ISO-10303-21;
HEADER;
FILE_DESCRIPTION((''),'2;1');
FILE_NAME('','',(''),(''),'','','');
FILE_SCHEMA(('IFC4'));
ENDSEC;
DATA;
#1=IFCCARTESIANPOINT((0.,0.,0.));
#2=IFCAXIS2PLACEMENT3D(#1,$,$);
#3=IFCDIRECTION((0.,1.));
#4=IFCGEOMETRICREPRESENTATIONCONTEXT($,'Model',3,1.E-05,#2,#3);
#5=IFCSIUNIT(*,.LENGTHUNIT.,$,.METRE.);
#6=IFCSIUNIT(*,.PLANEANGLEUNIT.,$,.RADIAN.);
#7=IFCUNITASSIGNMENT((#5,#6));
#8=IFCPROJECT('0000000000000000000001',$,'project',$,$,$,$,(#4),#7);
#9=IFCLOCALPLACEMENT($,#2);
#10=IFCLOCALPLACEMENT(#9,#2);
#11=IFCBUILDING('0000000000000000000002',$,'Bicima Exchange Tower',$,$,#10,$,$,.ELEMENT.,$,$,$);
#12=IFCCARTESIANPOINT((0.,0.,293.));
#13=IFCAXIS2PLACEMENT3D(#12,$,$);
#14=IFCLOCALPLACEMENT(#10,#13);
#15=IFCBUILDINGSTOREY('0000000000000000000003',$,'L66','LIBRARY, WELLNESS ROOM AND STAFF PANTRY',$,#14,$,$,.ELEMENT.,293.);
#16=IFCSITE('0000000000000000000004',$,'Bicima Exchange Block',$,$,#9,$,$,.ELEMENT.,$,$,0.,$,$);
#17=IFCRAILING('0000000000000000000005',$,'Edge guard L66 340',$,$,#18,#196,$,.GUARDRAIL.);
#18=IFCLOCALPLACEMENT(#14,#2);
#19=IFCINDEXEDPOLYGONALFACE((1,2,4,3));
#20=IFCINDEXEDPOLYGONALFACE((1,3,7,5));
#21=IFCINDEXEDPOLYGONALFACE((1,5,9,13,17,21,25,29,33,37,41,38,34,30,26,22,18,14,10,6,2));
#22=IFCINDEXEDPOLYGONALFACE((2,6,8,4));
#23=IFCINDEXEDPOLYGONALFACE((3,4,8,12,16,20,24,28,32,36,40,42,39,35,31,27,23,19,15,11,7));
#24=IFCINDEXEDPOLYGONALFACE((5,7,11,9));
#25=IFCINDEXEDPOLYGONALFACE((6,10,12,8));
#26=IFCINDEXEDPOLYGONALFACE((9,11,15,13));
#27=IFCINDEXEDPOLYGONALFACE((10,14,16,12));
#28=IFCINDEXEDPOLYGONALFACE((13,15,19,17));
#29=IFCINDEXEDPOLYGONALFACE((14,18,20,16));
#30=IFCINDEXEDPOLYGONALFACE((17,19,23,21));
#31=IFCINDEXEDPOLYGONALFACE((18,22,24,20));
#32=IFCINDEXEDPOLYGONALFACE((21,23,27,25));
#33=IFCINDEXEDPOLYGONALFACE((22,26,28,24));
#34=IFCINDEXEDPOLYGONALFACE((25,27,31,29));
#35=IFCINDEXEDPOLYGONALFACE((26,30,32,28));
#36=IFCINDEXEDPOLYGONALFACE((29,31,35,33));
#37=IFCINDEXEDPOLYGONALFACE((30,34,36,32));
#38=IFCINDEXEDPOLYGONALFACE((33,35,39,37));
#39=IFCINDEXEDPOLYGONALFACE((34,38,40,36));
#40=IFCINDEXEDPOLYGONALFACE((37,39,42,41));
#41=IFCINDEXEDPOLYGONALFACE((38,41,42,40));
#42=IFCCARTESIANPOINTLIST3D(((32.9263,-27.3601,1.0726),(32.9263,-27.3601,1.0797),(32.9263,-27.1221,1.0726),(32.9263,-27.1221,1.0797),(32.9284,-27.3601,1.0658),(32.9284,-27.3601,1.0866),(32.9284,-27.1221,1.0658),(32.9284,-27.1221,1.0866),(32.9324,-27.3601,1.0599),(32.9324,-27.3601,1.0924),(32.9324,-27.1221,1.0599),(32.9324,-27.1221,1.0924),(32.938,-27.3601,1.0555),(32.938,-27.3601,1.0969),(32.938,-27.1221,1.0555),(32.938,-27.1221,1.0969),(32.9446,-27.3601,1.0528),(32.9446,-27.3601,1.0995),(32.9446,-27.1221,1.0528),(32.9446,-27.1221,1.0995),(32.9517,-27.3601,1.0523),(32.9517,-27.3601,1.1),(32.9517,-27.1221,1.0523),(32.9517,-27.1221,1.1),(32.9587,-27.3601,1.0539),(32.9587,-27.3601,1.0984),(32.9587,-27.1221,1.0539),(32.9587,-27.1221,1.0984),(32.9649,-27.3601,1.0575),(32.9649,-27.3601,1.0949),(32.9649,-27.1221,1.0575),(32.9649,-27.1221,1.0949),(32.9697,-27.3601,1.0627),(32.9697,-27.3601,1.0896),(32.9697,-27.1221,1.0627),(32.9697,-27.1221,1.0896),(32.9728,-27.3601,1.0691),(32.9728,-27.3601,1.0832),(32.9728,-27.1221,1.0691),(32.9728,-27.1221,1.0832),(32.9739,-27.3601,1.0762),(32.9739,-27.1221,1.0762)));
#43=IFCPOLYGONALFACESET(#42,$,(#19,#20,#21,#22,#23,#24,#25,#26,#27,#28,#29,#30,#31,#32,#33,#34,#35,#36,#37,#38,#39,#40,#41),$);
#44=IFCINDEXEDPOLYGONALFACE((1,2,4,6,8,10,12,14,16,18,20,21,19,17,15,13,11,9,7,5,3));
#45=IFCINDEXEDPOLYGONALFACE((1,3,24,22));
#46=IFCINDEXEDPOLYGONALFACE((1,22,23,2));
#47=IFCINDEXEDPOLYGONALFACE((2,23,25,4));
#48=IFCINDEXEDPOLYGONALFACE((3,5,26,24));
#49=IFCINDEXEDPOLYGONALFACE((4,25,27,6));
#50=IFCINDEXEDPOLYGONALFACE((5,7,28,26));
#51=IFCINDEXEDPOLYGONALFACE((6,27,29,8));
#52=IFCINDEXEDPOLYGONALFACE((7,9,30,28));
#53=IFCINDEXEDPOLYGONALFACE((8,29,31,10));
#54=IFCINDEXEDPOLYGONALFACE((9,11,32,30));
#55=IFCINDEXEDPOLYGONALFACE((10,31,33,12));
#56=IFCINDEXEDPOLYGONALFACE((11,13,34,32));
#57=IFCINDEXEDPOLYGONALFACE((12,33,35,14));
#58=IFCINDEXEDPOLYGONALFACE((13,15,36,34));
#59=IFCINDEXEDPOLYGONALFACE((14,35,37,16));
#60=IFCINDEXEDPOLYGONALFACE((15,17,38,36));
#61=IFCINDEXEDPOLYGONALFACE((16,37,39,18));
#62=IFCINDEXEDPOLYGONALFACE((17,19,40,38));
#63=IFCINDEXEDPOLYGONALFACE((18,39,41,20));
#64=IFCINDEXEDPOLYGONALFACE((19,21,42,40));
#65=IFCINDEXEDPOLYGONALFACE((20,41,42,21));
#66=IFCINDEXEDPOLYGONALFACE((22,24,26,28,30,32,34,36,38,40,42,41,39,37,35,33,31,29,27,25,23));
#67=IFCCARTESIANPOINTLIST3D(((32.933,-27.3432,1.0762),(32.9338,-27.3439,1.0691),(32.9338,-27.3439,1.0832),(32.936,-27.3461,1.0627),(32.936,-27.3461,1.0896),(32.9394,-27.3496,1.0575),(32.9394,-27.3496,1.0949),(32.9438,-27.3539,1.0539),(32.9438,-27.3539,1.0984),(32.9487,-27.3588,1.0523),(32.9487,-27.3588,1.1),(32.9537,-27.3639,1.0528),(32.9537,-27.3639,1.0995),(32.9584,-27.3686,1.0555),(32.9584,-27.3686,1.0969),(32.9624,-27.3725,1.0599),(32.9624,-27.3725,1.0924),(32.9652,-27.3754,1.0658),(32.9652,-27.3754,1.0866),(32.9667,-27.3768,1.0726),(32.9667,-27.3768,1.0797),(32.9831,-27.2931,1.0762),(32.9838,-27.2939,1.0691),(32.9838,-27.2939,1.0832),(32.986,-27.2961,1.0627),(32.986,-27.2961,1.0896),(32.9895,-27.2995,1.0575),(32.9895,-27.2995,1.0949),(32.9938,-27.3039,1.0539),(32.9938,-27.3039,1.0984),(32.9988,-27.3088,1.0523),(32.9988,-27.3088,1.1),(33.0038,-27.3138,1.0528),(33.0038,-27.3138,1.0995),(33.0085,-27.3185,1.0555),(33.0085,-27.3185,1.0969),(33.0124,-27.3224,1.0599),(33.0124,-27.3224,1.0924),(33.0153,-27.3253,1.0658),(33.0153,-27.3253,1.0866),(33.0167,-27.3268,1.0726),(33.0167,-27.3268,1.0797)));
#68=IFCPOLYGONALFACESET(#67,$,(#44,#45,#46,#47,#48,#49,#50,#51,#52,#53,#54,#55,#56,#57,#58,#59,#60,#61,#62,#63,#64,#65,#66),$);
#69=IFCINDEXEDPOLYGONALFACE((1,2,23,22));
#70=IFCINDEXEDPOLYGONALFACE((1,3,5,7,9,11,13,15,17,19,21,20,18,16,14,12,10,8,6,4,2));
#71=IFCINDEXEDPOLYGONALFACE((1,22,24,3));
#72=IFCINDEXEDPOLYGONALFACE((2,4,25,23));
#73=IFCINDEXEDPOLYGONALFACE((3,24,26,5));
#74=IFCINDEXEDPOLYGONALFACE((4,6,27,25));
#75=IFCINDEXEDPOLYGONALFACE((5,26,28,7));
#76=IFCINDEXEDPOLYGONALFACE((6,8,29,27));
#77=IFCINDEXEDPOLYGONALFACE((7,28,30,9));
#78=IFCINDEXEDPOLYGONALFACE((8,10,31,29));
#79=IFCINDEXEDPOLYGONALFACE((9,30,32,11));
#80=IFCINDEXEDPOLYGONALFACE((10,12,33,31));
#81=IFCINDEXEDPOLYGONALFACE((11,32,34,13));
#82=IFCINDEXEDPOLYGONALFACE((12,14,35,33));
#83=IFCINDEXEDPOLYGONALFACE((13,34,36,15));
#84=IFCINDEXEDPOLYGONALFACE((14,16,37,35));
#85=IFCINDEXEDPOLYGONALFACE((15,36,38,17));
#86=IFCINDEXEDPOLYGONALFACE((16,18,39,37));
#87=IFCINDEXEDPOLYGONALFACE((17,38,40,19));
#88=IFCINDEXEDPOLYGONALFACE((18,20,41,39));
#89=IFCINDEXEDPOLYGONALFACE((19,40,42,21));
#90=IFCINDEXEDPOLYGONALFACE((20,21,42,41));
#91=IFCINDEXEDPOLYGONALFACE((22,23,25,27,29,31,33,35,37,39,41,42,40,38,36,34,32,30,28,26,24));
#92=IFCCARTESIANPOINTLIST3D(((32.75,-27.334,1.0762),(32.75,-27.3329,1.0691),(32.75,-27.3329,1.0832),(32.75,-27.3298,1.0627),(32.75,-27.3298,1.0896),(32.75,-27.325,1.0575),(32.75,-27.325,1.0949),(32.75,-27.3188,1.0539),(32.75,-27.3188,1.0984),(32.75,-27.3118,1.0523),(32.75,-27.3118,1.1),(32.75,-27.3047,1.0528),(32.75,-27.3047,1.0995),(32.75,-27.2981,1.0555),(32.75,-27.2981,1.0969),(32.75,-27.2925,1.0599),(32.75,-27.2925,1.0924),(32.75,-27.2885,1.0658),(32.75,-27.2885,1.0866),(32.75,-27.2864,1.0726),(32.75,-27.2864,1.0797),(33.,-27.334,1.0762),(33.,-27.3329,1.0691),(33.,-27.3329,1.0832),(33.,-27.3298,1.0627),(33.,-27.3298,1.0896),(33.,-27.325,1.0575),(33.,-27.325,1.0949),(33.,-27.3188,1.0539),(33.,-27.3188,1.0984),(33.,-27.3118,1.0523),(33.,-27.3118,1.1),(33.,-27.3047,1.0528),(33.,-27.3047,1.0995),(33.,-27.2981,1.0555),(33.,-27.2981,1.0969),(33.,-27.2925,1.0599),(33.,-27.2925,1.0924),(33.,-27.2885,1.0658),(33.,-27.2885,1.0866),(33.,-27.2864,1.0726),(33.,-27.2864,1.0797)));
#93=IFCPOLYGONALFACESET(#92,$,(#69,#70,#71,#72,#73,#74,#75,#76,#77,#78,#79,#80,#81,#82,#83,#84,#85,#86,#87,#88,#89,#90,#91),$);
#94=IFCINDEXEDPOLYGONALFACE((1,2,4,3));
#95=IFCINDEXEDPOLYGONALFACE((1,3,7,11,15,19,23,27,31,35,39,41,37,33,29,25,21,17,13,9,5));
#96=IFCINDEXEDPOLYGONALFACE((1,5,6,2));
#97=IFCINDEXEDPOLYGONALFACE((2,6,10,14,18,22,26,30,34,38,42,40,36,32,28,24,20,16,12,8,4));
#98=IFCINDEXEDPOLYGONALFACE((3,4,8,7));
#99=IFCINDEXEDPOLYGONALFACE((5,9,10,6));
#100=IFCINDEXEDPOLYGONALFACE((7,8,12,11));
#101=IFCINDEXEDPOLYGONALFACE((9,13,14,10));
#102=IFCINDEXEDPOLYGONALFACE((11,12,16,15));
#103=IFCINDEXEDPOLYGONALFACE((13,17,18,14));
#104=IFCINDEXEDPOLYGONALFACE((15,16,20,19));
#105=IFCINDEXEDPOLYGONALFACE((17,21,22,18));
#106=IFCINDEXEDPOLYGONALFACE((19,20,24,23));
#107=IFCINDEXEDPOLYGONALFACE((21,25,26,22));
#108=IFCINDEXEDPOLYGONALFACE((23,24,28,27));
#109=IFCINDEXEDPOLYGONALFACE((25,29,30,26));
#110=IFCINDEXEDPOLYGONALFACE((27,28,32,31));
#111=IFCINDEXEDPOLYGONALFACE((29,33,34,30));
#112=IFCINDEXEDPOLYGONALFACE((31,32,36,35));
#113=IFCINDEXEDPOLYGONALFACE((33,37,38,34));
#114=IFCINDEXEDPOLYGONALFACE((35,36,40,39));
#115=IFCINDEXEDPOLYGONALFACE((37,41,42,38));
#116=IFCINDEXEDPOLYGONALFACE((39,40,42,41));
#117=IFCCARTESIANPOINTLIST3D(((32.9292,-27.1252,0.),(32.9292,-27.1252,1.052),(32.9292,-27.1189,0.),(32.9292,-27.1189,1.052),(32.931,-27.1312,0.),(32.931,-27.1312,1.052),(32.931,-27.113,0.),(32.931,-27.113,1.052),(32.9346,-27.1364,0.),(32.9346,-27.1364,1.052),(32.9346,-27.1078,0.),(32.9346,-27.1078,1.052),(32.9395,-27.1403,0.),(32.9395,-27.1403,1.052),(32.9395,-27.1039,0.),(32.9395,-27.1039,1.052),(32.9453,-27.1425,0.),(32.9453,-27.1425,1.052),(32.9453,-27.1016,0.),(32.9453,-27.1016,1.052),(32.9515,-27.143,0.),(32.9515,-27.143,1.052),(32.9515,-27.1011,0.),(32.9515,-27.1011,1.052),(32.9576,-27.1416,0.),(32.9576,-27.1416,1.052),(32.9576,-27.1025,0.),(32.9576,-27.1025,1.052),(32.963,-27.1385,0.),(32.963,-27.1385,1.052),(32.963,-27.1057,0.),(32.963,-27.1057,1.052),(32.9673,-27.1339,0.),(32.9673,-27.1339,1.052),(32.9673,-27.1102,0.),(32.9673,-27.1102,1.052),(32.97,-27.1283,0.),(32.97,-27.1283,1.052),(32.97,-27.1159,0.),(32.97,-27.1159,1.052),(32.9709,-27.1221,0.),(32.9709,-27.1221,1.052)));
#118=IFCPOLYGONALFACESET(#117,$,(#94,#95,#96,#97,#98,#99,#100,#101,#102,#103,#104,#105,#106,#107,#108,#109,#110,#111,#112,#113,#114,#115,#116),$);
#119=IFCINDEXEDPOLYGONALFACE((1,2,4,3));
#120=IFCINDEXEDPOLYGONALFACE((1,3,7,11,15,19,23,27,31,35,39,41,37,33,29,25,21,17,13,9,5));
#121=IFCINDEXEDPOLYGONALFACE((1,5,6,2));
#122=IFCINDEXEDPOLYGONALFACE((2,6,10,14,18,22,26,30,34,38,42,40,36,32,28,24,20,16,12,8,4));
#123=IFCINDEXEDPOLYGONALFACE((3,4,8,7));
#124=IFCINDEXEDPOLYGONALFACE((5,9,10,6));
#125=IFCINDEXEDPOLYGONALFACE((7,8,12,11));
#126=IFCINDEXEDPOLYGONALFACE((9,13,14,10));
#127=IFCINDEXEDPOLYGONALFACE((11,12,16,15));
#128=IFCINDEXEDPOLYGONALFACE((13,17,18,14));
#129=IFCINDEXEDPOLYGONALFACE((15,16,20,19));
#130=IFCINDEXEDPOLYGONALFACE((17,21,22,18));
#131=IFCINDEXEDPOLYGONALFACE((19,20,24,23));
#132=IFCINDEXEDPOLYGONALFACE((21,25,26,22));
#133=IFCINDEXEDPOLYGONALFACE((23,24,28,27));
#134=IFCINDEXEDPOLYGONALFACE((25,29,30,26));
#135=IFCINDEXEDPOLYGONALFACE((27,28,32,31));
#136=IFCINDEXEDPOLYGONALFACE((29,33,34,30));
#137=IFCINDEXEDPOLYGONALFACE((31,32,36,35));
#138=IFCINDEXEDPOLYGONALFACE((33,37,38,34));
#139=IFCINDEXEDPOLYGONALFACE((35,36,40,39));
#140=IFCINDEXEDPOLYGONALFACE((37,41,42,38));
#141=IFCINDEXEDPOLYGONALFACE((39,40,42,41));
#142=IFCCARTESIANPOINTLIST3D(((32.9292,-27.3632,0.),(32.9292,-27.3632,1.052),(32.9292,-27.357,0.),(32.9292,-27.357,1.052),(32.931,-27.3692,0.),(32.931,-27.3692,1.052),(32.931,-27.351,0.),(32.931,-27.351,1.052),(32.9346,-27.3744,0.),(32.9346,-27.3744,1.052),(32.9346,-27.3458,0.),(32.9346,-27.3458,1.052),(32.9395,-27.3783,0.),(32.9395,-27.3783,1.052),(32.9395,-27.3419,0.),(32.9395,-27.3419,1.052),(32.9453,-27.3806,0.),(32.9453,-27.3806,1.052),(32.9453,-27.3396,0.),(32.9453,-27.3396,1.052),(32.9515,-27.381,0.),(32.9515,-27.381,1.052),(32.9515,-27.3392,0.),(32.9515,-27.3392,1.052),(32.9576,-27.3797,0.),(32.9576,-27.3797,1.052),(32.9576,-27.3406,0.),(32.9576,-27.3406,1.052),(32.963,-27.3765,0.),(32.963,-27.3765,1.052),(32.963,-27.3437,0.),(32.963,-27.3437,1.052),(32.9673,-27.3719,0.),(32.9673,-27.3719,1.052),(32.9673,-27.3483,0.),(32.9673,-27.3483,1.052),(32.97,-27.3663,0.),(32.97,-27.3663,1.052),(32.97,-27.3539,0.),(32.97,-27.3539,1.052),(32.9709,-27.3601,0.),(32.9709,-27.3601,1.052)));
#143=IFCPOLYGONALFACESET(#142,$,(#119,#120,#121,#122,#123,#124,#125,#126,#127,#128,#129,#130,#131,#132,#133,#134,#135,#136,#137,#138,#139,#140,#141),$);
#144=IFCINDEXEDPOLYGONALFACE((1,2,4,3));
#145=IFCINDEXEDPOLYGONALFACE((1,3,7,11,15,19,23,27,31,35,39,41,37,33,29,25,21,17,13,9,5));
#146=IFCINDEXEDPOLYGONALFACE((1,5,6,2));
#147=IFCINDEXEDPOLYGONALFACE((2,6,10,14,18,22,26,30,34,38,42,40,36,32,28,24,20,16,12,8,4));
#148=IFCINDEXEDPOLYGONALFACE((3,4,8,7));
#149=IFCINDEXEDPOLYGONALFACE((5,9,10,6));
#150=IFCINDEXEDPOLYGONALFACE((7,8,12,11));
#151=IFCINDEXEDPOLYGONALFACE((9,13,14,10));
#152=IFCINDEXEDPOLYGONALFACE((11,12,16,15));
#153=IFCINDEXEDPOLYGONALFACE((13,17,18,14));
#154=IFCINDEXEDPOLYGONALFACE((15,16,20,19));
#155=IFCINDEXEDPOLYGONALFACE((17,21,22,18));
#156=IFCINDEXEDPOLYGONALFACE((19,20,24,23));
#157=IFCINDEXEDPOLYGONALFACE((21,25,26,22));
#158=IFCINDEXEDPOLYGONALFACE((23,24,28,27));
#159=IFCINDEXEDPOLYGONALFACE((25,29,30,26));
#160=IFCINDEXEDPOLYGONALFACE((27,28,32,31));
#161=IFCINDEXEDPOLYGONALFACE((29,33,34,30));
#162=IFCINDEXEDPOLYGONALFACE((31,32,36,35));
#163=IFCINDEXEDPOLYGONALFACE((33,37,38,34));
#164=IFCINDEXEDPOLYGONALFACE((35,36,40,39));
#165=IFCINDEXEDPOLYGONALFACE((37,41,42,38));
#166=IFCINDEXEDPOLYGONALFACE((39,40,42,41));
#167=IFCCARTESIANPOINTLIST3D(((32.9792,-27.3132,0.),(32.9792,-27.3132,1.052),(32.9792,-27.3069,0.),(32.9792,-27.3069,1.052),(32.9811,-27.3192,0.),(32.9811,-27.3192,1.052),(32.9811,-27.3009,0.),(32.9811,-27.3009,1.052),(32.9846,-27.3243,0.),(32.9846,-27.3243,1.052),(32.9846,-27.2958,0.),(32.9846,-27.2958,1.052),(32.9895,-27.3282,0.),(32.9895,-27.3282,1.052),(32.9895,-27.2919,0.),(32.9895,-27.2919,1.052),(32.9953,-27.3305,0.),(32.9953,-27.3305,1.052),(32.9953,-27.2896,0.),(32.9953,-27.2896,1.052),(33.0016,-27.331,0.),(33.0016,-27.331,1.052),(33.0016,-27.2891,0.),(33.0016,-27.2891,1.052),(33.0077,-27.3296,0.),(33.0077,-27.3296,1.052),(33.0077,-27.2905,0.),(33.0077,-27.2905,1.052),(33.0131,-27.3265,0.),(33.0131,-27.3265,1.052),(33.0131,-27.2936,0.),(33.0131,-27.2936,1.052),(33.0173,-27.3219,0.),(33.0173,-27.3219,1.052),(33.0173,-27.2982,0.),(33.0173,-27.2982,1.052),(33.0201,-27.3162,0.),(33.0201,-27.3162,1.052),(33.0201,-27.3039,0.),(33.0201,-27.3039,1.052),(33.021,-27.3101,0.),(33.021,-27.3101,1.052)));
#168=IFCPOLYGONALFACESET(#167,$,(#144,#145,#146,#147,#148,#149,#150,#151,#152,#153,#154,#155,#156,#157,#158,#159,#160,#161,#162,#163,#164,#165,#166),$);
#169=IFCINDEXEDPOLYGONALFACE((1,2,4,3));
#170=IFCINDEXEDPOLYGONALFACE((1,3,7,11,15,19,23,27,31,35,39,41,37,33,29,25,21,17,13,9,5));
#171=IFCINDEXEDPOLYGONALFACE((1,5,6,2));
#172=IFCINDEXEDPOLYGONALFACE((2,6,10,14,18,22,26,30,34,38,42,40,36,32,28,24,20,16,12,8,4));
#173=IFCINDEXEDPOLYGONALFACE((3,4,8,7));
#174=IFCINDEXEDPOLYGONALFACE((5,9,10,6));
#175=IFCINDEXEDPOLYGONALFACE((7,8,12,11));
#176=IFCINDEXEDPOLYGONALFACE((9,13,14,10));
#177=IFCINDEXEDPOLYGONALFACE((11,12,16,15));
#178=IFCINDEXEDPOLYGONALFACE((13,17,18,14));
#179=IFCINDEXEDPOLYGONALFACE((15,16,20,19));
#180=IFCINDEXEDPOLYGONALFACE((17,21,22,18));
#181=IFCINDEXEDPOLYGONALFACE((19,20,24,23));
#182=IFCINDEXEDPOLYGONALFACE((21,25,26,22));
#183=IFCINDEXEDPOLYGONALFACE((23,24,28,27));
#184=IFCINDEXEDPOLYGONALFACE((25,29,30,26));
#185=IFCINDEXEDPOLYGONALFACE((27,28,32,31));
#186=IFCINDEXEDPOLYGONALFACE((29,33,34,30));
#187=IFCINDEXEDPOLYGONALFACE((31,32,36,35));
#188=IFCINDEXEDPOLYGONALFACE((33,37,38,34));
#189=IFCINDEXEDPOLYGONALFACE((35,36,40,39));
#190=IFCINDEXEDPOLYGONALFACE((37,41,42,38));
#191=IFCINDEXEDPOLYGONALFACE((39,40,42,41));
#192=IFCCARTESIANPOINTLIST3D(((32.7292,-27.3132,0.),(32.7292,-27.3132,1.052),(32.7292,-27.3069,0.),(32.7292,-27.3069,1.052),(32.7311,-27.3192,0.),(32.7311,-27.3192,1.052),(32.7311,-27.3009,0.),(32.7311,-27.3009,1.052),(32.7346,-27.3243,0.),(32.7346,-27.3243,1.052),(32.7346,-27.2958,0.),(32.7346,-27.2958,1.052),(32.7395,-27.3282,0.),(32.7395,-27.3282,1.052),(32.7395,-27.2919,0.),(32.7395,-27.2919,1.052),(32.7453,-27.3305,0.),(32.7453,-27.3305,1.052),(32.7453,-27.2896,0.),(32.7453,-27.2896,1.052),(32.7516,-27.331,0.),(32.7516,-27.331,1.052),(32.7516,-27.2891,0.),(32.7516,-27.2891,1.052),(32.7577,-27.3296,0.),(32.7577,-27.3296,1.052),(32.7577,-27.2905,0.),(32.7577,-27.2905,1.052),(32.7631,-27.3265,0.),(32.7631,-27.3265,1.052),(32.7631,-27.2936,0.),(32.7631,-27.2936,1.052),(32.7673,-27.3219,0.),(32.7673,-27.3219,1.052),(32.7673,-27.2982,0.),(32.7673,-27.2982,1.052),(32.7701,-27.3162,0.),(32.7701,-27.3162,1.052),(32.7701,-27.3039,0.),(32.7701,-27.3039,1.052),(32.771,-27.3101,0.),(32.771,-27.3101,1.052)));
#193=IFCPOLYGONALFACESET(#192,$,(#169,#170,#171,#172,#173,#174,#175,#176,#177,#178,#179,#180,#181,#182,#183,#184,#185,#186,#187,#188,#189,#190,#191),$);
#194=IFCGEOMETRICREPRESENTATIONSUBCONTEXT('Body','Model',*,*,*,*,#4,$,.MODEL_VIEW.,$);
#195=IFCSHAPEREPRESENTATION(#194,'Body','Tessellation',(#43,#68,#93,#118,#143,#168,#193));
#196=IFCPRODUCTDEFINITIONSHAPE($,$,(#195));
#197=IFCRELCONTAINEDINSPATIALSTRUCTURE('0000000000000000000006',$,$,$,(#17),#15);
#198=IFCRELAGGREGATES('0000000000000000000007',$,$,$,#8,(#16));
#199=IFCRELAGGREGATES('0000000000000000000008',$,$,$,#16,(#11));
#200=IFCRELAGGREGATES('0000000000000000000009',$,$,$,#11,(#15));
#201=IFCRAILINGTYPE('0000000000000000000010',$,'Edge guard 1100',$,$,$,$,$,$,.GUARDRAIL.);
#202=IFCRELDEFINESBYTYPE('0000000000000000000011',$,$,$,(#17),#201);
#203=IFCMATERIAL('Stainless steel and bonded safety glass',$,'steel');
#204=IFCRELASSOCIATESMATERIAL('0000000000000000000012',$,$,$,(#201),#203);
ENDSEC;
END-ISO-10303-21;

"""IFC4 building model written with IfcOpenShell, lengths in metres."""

from ifc_helpers import new_model, si_unit, direction, frame, origin, origin_2d, place, context, subcontext, project, spatial, circle, extrude, material, type_object, element, save


model = new_model("IFC4")

# Units and contexts
model_context = context("Model", 3, precision=1e-05, world=origin(), true_north=direction((0.0, 1.0)))
body_context = subcontext(model_context, "Body", "Model", "MODEL_VIEW")
ifc_project = project(units=[si_unit("LENGTHUNIT", "METRE"), si_unit("PLANEANGLEUNIT", "RADIAN")], contexts=[model_context])

# Site, building, storey
site_placement = place(None, origin())
site = spatial("IfcSite", under=ifc_project, at=site_placement, Name="Bicima Exchange Block", CompositionType="ELEMENT", RefElevation=0.0)
building_placement = place(site_placement, origin())
building = spatial("IfcBuilding", under=site, at=building_placement, Name="Bicima Exchange Tower", CompositionType="ELEMENT")
storey_placement = place(building_placement, frame((0.0, 0.0, 293.0)))
storey = spatial("IfcBuildingStorey", under=building, at=storey_placement, Name="L66", Description="LIBRARY, WELLNESS ROOM AND STAFF PANTRY", CompositionType="ELEMENT", Elevation=293.0)

# Railing
ifc_material_1 = material(Name="Stainless steel and bonded safety glass", Category="steel")
railing_type = type_object("IfcRailingType", Name="Edge guard 1100", PredefinedType="GUARDRAIL", material=ifc_material_1)
railing_1_placement = place(storey_placement, frame((32.95, -27.1221, 0.0)))
element("IfcRailing", 1, at=railing_1_placement, inside=storey, type_object=railing_type, Name="Edge guard L66 340", PredefinedType="GUARDRAIL", context=body_context, shape_type="SweptSolid", body=[
    extrude(circle(Radius=0.0239, at=origin_2d()), frame((0.0, 0.0, 1.0762), z_axis=(0.0, -1.0, 0.0), x_axis=(1.0, 0.0, 0.0)), (0.0, 0.0, 1.0), 0.238),
    extrude(circle(Radius=0.0239, at=origin_2d()), frame((0.0, -0.238, 1.0762), z_axis=(0.707107, 0.707107, 0.0), x_axis=(-0.707107, 0.707107, 0.0)), (0.0, 0.0, 1.0), 0.0708),
    extrude(circle(Radius=0.0239, at=origin_2d()), frame((0.05, -0.188, 1.0762), z_axis=(-1.0, 0.0, 0.0), x_axis=(0.0, -1.0, 0.0)), (0.0, 0.0, 1.0), 0.25),
    extrude(circle(Radius=0.021, at=origin_2d()), origin(), (0.0, 0.0, 1.0), 1.052),
    extrude(circle(Radius=0.021, at=origin_2d()), frame((0.0, -0.238, 0.0)), (0.0, 0.0, 1.0), 1.052),
    extrude(circle(Radius=0.021, at=origin_2d()), frame((0.05, -0.188, 0.0)), (0.0, 0.0, 1.0), 1.052),
    extrude(circle(Radius=0.021, at=origin_2d()), frame((-0.2, -0.188, 0.0)), (0.0, 0.0, 1.0), 1.052),
])

save(model, "model.ifc")
